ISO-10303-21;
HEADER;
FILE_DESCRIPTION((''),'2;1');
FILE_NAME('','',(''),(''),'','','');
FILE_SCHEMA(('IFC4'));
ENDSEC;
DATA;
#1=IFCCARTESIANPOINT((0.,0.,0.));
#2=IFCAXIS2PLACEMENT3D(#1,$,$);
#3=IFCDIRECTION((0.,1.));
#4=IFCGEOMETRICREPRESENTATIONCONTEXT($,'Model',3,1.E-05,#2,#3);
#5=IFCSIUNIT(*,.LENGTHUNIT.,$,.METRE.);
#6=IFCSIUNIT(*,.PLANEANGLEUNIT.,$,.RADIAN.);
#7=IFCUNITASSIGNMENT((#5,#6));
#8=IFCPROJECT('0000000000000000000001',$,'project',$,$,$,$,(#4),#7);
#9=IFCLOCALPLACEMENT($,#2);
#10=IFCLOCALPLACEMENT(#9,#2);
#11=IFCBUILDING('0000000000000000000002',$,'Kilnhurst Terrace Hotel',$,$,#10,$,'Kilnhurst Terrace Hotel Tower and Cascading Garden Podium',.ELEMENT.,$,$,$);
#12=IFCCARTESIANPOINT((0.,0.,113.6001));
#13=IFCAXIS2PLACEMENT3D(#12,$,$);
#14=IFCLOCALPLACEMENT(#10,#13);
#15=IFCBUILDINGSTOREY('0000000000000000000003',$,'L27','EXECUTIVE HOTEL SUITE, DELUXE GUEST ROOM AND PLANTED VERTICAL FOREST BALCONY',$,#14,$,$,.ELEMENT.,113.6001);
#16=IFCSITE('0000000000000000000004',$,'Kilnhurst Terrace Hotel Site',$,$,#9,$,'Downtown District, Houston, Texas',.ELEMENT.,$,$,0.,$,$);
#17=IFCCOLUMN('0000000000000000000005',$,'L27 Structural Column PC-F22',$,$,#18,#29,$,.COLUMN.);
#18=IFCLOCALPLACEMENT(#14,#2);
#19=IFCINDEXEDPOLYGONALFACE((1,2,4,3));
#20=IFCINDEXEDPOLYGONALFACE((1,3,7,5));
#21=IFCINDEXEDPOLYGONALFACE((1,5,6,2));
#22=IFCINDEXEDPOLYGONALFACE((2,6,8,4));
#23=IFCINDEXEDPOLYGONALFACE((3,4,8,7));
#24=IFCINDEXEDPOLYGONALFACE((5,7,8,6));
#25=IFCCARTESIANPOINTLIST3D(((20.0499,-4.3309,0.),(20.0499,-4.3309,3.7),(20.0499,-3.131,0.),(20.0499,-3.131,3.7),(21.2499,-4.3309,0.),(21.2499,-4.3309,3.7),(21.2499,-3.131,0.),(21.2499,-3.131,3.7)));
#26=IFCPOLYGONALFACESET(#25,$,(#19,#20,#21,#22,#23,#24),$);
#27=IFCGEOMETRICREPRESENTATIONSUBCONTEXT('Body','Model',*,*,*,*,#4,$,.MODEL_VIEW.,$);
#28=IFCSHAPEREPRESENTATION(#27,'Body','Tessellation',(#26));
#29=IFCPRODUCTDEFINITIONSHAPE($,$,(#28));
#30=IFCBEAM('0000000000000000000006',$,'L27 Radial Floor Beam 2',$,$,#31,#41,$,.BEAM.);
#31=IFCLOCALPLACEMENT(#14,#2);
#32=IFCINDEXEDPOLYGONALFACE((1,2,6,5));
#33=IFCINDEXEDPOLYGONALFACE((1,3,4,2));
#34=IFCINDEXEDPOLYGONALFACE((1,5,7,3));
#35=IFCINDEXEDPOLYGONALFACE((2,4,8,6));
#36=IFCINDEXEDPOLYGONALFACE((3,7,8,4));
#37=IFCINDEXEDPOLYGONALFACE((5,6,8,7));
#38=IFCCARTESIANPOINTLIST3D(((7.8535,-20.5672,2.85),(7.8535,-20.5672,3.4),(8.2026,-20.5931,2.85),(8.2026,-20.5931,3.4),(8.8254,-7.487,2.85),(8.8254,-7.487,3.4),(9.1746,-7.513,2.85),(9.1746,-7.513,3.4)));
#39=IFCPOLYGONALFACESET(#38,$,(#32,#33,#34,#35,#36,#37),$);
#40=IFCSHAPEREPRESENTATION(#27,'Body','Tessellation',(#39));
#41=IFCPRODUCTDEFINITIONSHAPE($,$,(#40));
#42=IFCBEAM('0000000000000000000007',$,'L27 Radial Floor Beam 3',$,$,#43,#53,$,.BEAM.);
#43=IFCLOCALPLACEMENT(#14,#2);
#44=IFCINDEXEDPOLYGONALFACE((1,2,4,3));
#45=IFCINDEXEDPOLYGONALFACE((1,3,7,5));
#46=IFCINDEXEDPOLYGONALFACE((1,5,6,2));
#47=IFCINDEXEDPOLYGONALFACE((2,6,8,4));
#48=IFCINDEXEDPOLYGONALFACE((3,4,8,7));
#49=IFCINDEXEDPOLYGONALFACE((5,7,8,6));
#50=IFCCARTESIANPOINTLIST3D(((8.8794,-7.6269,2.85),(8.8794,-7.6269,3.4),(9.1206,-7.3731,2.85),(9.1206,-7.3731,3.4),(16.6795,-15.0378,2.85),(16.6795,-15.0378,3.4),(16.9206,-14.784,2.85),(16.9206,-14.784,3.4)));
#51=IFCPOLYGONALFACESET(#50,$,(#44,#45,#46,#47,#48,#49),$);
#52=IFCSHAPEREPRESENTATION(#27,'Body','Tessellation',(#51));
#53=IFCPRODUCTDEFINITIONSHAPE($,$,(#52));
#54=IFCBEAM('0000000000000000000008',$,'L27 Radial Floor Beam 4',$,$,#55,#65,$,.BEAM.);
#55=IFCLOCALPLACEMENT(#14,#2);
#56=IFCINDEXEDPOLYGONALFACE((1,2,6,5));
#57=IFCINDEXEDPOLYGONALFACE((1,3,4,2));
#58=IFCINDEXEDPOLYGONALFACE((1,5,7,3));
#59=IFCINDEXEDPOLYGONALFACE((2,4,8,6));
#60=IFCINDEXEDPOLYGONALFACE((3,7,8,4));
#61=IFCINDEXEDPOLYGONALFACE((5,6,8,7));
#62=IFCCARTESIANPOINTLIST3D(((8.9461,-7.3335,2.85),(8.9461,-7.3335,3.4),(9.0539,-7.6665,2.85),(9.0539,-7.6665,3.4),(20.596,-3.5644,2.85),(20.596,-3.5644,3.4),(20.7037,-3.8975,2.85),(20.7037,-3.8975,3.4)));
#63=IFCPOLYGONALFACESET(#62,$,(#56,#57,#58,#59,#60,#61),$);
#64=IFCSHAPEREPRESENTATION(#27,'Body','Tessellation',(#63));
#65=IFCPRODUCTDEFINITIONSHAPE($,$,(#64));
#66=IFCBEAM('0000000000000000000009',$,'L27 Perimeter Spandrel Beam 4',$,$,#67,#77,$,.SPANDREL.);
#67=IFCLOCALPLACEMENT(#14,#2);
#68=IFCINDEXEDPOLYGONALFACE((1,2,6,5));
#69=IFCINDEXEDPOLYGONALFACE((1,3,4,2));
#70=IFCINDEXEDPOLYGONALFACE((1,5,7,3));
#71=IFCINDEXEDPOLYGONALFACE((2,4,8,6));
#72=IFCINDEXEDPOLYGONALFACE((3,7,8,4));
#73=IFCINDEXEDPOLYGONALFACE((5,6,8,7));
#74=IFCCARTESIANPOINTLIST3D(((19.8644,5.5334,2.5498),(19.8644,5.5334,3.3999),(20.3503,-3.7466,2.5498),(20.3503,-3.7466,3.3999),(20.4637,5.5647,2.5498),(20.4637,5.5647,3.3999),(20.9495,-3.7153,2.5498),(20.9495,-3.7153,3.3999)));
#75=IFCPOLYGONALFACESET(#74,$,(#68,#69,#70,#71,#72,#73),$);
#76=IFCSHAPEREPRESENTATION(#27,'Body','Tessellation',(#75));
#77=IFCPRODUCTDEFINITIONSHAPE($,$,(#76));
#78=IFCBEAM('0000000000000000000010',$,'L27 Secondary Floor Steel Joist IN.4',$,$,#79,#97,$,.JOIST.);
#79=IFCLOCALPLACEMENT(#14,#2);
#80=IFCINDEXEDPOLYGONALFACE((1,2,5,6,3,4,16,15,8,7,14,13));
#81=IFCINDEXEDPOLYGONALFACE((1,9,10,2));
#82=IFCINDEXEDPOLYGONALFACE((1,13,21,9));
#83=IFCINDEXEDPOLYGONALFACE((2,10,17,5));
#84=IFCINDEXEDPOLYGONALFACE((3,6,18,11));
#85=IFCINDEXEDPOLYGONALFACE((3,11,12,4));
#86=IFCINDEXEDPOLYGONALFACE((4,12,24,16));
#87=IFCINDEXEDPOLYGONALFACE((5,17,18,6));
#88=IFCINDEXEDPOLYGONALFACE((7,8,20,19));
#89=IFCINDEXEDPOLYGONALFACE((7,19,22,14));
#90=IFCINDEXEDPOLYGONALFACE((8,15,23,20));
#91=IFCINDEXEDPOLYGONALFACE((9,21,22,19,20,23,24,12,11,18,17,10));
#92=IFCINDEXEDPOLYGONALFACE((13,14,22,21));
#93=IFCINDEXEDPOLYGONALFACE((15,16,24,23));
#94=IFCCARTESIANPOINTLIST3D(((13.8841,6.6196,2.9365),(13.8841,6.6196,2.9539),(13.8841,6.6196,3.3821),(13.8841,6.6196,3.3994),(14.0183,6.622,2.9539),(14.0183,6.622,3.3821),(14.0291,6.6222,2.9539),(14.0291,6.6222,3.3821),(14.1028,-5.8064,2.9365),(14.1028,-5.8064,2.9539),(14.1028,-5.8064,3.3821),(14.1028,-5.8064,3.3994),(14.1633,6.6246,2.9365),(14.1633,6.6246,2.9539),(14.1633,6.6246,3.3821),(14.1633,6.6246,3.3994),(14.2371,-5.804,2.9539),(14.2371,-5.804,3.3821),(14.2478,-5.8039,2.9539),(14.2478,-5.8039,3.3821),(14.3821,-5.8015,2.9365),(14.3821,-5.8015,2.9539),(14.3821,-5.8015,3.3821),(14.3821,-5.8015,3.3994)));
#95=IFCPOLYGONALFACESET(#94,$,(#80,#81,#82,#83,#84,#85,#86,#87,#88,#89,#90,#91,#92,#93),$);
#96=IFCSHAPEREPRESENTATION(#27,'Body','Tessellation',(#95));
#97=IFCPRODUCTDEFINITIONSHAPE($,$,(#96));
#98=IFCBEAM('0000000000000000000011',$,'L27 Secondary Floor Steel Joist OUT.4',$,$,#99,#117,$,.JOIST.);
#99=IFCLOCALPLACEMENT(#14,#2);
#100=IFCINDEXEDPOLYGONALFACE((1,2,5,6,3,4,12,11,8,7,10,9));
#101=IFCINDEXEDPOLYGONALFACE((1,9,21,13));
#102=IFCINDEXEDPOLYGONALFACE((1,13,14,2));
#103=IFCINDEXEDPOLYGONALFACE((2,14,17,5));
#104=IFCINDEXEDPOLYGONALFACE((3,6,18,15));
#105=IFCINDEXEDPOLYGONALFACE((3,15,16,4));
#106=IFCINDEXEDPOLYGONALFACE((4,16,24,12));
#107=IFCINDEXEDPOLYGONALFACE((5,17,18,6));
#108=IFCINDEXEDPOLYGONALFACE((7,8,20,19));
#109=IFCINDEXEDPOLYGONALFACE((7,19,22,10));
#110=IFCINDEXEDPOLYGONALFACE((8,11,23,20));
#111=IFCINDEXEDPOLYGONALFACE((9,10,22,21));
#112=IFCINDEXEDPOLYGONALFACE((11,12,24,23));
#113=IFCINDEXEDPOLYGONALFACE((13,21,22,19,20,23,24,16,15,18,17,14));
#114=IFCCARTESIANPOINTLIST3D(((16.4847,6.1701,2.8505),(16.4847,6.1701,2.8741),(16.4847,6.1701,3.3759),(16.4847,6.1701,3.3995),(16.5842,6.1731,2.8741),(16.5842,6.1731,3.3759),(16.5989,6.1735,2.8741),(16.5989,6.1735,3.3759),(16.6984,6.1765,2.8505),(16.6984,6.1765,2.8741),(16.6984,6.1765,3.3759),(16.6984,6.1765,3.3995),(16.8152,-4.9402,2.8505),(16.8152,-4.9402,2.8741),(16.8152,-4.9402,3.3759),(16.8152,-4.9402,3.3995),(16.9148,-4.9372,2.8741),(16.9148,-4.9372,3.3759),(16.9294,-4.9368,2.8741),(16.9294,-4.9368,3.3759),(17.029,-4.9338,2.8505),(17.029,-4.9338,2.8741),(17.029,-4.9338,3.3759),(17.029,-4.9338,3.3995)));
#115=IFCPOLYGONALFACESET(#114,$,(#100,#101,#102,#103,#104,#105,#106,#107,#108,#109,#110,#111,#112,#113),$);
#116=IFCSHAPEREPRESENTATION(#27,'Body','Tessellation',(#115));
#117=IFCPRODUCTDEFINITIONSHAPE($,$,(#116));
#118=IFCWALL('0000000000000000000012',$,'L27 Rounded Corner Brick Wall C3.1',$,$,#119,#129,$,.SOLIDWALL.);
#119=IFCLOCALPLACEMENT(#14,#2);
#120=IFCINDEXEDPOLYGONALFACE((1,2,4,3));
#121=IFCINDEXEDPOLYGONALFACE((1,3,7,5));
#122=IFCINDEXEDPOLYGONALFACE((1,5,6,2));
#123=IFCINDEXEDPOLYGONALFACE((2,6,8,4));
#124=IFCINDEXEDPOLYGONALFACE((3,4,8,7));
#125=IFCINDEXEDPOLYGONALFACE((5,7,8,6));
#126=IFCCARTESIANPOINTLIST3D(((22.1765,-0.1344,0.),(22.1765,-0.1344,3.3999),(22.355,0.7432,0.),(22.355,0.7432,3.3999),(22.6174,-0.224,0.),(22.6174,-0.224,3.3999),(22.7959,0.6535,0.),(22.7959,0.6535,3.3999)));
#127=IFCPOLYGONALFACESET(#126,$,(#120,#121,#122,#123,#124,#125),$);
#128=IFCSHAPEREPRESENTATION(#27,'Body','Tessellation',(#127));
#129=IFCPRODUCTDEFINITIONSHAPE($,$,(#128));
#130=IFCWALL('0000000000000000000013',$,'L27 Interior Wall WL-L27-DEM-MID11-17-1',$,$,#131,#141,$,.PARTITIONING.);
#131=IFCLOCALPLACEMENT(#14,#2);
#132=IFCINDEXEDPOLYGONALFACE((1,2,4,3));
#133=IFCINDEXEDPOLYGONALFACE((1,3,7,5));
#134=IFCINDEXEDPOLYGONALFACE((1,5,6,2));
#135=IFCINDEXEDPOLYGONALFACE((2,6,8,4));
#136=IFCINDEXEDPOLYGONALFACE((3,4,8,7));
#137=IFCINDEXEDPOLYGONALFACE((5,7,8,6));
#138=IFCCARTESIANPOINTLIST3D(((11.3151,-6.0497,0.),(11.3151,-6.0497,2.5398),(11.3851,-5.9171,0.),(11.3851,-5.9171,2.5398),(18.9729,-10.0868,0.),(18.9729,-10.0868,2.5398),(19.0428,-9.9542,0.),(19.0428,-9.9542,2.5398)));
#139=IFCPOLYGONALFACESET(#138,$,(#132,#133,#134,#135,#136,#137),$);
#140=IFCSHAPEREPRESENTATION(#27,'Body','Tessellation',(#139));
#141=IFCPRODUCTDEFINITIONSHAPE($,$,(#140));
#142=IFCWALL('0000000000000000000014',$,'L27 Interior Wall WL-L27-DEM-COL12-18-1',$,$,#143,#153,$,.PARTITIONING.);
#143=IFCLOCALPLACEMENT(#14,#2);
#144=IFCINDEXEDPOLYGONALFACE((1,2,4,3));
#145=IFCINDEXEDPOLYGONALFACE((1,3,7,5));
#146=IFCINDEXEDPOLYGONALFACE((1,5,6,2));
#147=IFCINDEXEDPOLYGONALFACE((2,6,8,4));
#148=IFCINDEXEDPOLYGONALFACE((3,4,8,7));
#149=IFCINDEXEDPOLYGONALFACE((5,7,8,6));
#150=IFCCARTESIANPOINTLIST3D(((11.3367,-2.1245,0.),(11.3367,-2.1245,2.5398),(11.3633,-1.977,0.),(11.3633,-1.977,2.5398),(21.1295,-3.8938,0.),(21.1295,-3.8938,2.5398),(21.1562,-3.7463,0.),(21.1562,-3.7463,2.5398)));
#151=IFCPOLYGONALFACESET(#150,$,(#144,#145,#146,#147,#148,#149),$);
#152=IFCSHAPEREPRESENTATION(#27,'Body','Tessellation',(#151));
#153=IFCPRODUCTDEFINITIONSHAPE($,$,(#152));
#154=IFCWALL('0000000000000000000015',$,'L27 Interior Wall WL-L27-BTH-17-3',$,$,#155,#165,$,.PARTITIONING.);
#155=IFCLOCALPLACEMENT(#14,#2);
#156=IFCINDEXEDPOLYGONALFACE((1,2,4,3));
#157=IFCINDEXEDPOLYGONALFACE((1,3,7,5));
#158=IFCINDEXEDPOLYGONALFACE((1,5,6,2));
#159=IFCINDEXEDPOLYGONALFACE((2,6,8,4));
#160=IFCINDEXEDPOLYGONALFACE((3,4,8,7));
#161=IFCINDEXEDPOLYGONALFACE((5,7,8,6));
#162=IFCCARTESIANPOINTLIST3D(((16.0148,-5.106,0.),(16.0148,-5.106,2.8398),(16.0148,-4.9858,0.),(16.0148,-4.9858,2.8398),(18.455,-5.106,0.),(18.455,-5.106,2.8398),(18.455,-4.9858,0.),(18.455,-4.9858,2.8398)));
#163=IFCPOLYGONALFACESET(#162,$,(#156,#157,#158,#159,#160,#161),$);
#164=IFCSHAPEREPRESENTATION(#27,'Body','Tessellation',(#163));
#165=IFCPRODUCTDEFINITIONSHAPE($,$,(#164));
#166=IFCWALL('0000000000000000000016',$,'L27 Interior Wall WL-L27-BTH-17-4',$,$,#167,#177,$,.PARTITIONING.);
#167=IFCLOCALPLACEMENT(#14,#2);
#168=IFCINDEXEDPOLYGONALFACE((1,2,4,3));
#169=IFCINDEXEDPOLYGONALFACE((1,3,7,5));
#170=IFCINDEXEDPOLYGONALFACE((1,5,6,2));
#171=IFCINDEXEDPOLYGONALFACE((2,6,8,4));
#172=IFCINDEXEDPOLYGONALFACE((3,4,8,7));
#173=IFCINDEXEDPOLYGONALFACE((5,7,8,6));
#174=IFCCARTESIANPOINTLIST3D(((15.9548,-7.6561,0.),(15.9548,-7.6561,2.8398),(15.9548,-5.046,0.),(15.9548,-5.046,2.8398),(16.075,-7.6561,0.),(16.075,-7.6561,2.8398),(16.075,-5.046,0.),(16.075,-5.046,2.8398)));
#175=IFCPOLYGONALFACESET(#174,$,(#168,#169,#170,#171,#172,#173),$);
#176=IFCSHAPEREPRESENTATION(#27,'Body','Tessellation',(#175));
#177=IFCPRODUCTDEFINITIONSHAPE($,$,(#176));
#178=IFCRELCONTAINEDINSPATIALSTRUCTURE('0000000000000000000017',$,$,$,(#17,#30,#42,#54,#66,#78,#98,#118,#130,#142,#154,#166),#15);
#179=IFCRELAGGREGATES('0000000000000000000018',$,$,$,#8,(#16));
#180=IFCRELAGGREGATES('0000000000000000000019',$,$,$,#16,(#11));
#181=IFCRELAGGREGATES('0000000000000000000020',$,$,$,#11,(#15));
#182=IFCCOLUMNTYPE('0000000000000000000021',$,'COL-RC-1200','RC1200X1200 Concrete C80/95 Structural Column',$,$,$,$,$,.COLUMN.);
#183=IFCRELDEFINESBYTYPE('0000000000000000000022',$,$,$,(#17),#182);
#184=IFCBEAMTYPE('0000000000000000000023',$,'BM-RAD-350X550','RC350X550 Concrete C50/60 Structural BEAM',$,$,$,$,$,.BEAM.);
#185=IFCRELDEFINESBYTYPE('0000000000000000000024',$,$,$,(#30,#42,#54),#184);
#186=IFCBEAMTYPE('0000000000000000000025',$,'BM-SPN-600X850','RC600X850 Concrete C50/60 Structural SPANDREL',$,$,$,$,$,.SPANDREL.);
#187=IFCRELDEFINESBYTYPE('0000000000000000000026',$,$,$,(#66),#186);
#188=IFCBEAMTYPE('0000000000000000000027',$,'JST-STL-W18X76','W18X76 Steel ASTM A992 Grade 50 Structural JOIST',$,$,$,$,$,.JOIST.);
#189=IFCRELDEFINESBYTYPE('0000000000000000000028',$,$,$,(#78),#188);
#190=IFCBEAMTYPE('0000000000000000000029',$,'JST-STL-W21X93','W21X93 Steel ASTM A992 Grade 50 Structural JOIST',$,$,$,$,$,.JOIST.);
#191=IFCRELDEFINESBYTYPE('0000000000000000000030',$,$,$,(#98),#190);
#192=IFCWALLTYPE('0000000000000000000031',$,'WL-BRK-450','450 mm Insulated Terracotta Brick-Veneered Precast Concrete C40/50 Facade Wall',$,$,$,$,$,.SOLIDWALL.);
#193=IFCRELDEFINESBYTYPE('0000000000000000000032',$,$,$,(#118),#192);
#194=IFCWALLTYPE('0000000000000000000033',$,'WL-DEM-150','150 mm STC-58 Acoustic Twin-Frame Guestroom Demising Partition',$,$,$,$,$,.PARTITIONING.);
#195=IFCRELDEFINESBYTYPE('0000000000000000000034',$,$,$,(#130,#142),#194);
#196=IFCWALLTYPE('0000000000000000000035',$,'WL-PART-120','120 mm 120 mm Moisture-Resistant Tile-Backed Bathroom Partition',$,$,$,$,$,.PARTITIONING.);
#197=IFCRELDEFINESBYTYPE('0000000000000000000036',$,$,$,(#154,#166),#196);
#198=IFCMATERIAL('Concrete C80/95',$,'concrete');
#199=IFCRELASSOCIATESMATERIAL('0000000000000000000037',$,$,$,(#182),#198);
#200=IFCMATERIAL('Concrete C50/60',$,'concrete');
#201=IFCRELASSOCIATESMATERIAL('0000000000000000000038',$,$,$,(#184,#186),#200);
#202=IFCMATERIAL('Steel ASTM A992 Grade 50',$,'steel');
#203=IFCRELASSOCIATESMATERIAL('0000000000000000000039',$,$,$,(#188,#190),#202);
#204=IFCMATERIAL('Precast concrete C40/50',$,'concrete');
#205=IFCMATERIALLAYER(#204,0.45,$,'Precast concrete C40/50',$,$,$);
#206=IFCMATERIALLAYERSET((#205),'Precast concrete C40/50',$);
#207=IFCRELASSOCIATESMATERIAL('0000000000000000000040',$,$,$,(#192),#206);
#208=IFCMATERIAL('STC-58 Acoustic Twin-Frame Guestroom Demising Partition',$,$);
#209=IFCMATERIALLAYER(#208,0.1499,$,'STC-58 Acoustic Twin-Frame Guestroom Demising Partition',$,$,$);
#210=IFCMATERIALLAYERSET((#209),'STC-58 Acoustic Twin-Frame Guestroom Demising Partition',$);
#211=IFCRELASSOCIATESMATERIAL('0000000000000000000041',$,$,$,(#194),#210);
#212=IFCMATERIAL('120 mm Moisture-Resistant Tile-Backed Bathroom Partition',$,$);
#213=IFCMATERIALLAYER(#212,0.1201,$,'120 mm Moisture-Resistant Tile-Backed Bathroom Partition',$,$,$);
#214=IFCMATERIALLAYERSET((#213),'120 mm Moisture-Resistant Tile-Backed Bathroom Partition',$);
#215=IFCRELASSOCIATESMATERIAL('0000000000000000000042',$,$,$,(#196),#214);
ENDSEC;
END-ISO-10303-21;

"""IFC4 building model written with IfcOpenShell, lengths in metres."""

from ifc_helpers import new_model, si_unit, direction, frame, frame_2d, origin, origin_2d, place, context, subcontext, project, spatial, rectangle, i_section, extrude, material, layer, layer_set, material_profile, profile_set, type_object, element, save


model = new_model("IFC4")

# Units and contexts
model_context = context("Model", 3, precision=1e-05, world=origin(), true_north=direction((0.0, 1.0)))
body_context = subcontext(model_context, "Body", "Model", "MODEL_VIEW")
ifc_project = project(units=[si_unit("LENGTHUNIT", "METRE"), si_unit("PLANEANGLEUNIT", "RADIAN")], contexts=[model_context])

# Site, building, storey
site_placement = place(None, origin())
site = spatial("IfcSite", under=ifc_project, at=site_placement, Name="Kilnhurst Terrace Hotel Site", LongName="Downtown District, Houston, Texas", CompositionType="ELEMENT", RefElevation=0.0)
building_placement = place(site_placement, origin())
building = spatial("IfcBuilding", under=site, at=building_placement, Name="Kilnhurst Terrace Hotel", LongName="Kilnhurst Terrace Hotel Tower and Cascading Garden Podium", CompositionType="ELEMENT")
storey_placement = place(building_placement, frame((0.0, 0.0, 113.6001)))
storey = spatial("IfcBuildingStorey", under=building, at=storey_placement, Name="L27", Description="EXECUTIVE HOTEL SUITE, DELUXE GUEST ROOM AND PLANTED VERTICAL FOREST BALCONY", CompositionType="ELEMENT", Elevation=113.6001)

# Column
ifc_material_1 = material(Name="Concrete C80/95", Category="concrete")
ifc_material_profile_1 = material_profile(ifc_material_1, rectangle(XDim=1.2, YDim=1.2, at=origin_2d()), Name="RC1200X1200")
ifc_profile_set_1 = profile_set([ifc_material_profile_1], Name="Concrete C80/95")
column_type = type_object("IfcColumnType", Name="COL-RC-1200", Description="RC1200X1200 Concrete C80/95 Structural Column", PredefinedType="COLUMN", material=ifc_profile_set_1)
column_placement = place(storey_placement, frame((20.6499, -3.731, 0.0), z_axis=(0.0, 0.0, 1.0), x_axis=(1.0, 0.0, 0.0)))
element("IfcColumn", 1, at=column_placement, inside=storey, type_object=column_type, Name="L27 Structural Column PC-F22", PredefinedType="COLUMN", context=body_context, shape_type="SweptSolid", body=[
    extrude(rectangle(XDim=1.2, YDim=1.2, at=origin_2d()), origin(), (0.0, 0.0, 1.0), 3.7),
])

# Beams
ifc_material_2 = material(Name="Concrete C50/60", Category="concrete")
ifc_material_profile_2 = material_profile(ifc_material_2, rectangle(XDim=0.3501, YDim=0.55, at=origin_2d()), Name="RC350X550")
ifc_profile_set_2 = profile_set([ifc_material_profile_2], Name="Concrete C50/60")
beam_type_1 = type_object("IfcBeamType", Name="BM-RAD-350X550", Description="RC350X550 Concrete C50/60 Structural BEAM", PredefinedType="BEAM", material=ifc_profile_set_2)
beam_1_placement = place(storey_placement, frame((9.0, -7.5, 3.125), z_axis=(-0.074101, -0.997251, 0.0), x_axis=(0.997251, -0.074101, 0.0)))
element("IfcBeam", 2, at=beam_1_placement, inside=storey, type_object=beam_type_1, Name="L27 Radial Floor Beam 2", PredefinedType="BEAM", context=body_context, shape_type="SweptSolid", body=[
    extrude(rectangle(XDim=0.3501, YDim=0.55, at=origin_2d()), origin(), (0.0, 0.0, 1.0), 13.1162),
])
beam_2_placement = place(storey_placement, frame((9.0, -7.5, 3.125), z_axis=(0.72496, -0.688791, 0.0), x_axis=(0.688791, 0.72496, 0.0)))
element("IfcBeam", 3, at=beam_2_placement, inside=storey, type_object=beam_type_1, Name="L27 Radial Floor Beam 3", PredefinedType="BEAM", context=body_context, shape_type="SweptSolid", body=[
    extrude(rectangle(XDim=0.3501, YDim=0.55, at=origin_2d()), origin(), (0.0, 0.0, 1.0), 10.7593),
])
beam_3_placement = place(storey_placement, frame((9.0, -7.5, 3.125), z_axis=(0.951446, 0.307817, 0.0), x_axis=(-0.307817, 0.951446, 0.0)))
element("IfcBeam", 4, at=beam_3_placement, inside=storey, type_object=beam_type_1, Name="L27 Radial Floor Beam 4", PredefinedType="BEAM", context=body_context, shape_type="SweptSolid", body=[
    extrude(rectangle(XDim=0.3501, YDim=0.55, at=origin_2d()), origin(), (0.0, 0.0, 1.0), 12.2444),
])
ifc_material_profile_3 = material_profile(ifc_material_2, rectangle(XDim=0.6001, YDim=0.8501, at=origin_2d()), Name="RC600X850")
ifc_profile_set_3 = profile_set([ifc_material_profile_3], Name="Concrete C50/60")
beam_type_2 = type_object("IfcBeamType", Name="BM-SPN-600X850", Description="RC600X850 Concrete C50/60 Structural SPANDREL", PredefinedType="SPANDREL", material=ifc_profile_set_3)
beam_4_placement = place(storey_placement, frame((20.6499, -3.731, 2.9749), z_axis=(-0.052282, 0.998632, 0.0), x_axis=(-0.998632, -0.052282, 0.0)))
element("IfcBeam", 5, at=beam_4_placement, inside=storey, type_object=beam_type_2, Name="L27 Perimeter Spandrel Beam 4", PredefinedType="SPANDREL", context=body_context, shape_type="SweptSolid", body=[
    extrude(rectangle(XDim=0.6001, YDim=0.8501, at=origin_2d()), origin(), (0.0, 0.0, 1.0), 9.2927),
])
ifc_material_3 = material(Name="Steel ASTM A992 Grade 50", Category="steel")
ifc_material_profile_4 = material_profile(ifc_material_3, i_section(OverallWidth=0.2793, OverallDepth=0.4629, WebThickness=0.0107, FlangeThickness=0.0173, at=origin_2d()), Name="W18X76")
ifc_profile_set_4 = profile_set([ifc_material_profile_4], Name="Steel ASTM A992 Grade 50")
beam_type_3 = type_object("IfcBeamType", Name="JST-STL-W18X76", Description="W18X76 Steel ASTM A992 Grade 50 Structural JOIST", PredefinedType="JOIST", material=ifc_profile_set_4)
beam_5_placement = place(storey_placement, frame((14.2424, -5.804, 3.168), z_axis=(-0.017601, 0.999845, 0.0), x_axis=(-0.999845, -0.017601, 0.0)))
element("IfcBeam", 6, at=beam_5_placement, inside=storey, type_object=beam_type_3, Name="L27 Secondary Floor Steel Joist IN.4", PredefinedType="JOIST", context=body_context, shape_type="SweptSolid", body=[
    extrude(i_section(OverallWidth=0.2793, OverallDepth=0.4629, WebThickness=0.0107, FlangeThickness=0.0173, at=origin_2d()), origin(), (0.0, 0.0, 1.0), 12.428),
])
ifc_material_profile_5 = material_profile(ifc_material_3, i_section(OverallWidth=0.2139, OverallDepth=0.5491, WebThickness=0.0146, FlangeThickness=0.0237, at=origin_2d()), Name="W21X93")
ifc_profile_set_5 = profile_set([ifc_material_profile_5], Name="Steel ASTM A992 Grade 50")
beam_type_4 = type_object("IfcBeamType", Name="JST-STL-W21X93", Description="W21X93 Steel ASTM A992 Grade 50 Structural JOIST", PredefinedType="JOIST", material=ifc_profile_set_5)
beam_6_placement = place(storey_placement, frame((16.9221, -4.937, 3.125), z_axis=(-0.02974, 0.999558, 0.0), x_axis=(-0.999558, -0.02974, 0.0)))
element("IfcBeam", 7, at=beam_6_placement, inside=storey, type_object=beam_type_4, Name="L27 Secondary Floor Steel Joist OUT.4", PredefinedType="JOIST", context=body_context, shape_type="SweptSolid", body=[
    extrude(i_section(OverallWidth=0.2139, OverallDepth=0.5491, WebThickness=0.0146, FlangeThickness=0.0237, at=origin_2d()), origin(), (0.0, 0.0, 1.0), 11.1152),
])

# Wall
ifc_material_4 = material(Name="Precast concrete C40/50", Category="concrete")
ifc_layer_1 = layer(ifc_material_4, 0.45, Name="Precast concrete C40/50")
ifc_layer_set_1 = layer_set([ifc_layer_1], Name="Precast concrete C40/50")
wall_type_1 = type_object("IfcWallType", Name="WL-BRK-450", Description="450 mm Insulated Terracotta Brick-Veneered Precast Concrete C40/50 Facade Wall", PredefinedType="SOLIDWALL", material=ifc_layer_set_1)
wall_1_placement = place(storey_placement, frame((22.397, -0.1792, 0.0), z_axis=(0.0, 0.0, 1.0), x_axis=(0.199314, 0.979936, 0.0)))
element("IfcWall", 8, at=wall_1_placement, inside=storey, type_object=wall_type_1, Name="L27 Rounded Corner Brick Wall C3.1", PredefinedType="SOLIDWALL", context=body_context, shape_type="SweptSolid", body=[
    extrude(rectangle(XDim=0.8955, YDim=0.45, at=frame_2d((0.4478, 0.0))), origin(), (0.0, 0.0, 1.0), 3.3999),
])

# Walls
ifc_material_5 = material(Name="STC-58 Acoustic Twin-Frame Guestroom Demising Partition")
ifc_layer_2 = layer(ifc_material_5, 0.1499, Name="STC-58 Acoustic Twin-Frame Guestroom Demising Partition")
ifc_layer_set_2 = layer_set([ifc_layer_2], Name="STC-58 Acoustic Twin-Frame Guestroom Demising Partition")
wall_type_2 = type_object("IfcWallType", Name="WL-DEM-150", Description="150 mm STC-58 Acoustic Twin-Frame Guestroom Demising Partition", PredefinedType="PARTITIONING", material=ifc_layer_set_2)
wall_2_placement = place(storey_placement, frame((11.3501, -5.9834, 0.0), z_axis=(0.0, 0.0, 1.0), x_axis=(0.884597, -0.466355, 0.0)))
element("IfcWall", 9, at=wall_2_placement, inside=storey, type_object=wall_type_2, Name="L27 Interior Wall WL-L27-DEM-MID11-17-1", PredefinedType="PARTITIONING", context=body_context, shape_type="SweptSolid", body=[
    extrude(rectangle(XDim=8.6567, YDim=0.1499, at=frame_2d((4.3284, 0.0))), origin(), (0.0, 0.0, 1.0), 2.5398),
])
wall_3_placement = place(storey_placement, frame((11.3501, -2.0508, 0.0), z_axis=(0.0, 0.0, 1.0), x_axis=(0.984068, -0.177791, 0.0)))
element("IfcWall", 10, at=wall_3_placement, inside=storey, type_object=wall_type_2, Name="L27 Interior Wall WL-L27-DEM-COL12-18-1", PredefinedType="PARTITIONING", context=body_context, shape_type="SweptSolid", body=[
    extrude(rectangle(XDim=9.9514, YDim=0.1499, at=frame_2d((4.9756, 0.0))), origin(), (0.0, 0.0, 1.0), 2.5398),
])
ifc_material_6 = material(Name="120 mm Moisture-Resistant Tile-Backed Bathroom Partition")
ifc_layer_3 = layer(ifc_material_6, 0.1201, Name="120 mm Moisture-Resistant Tile-Backed Bathroom Partition")
ifc_layer_set_3 = layer_set([ifc_layer_3], Name="120 mm Moisture-Resistant Tile-Backed Bathroom Partition")
wall_type_3 = type_object("IfcWallType", Name="WL-PART-120", Description="120 mm 120 mm Moisture-Resistant Tile-Backed Bathroom Partition", PredefinedType="PARTITIONING", material=ifc_layer_set_3)
wall_4_placement = place(storey_placement, frame((18.4551, -5.0459, 0.0), z_axis=(0.0, 0.0, 1.0), x_axis=(-1.0, 0.0, 0.0)))
element("IfcWall", 11, at=wall_4_placement, inside=storey, type_object=wall_type_3, Name="L27 Interior Wall WL-L27-BTH-17-3", PredefinedType="PARTITIONING", context=body_context, shape_type="SweptSolid", body=[
    extrude(rectangle(XDim=2.4402, YDim=0.1201, at=frame_2d((1.2202, 0.0))), origin(), (0.0, 0.0, 1.0), 2.8398),
])
wall_5_placement = place(storey_placement, frame((16.0149, -5.0459, 0.0), z_axis=(0.0, 0.0, 1.0), x_axis=(0.0, -1.0, 0.0)))
element("IfcWall", 12, at=wall_5_placement, inside=storey, type_object=wall_type_3, Name="L27 Interior Wall WL-L27-BTH-17-4", PredefinedType="PARTITIONING", context=body_context, shape_type="SweptSolid", body=[
    extrude(rectangle(XDim=2.6101, YDim=0.1201, at=frame_2d((1.3052, 0.0))), origin(), (0.0, 0.0, 1.0), 2.8398),
])

save(model, "model.ifc")
